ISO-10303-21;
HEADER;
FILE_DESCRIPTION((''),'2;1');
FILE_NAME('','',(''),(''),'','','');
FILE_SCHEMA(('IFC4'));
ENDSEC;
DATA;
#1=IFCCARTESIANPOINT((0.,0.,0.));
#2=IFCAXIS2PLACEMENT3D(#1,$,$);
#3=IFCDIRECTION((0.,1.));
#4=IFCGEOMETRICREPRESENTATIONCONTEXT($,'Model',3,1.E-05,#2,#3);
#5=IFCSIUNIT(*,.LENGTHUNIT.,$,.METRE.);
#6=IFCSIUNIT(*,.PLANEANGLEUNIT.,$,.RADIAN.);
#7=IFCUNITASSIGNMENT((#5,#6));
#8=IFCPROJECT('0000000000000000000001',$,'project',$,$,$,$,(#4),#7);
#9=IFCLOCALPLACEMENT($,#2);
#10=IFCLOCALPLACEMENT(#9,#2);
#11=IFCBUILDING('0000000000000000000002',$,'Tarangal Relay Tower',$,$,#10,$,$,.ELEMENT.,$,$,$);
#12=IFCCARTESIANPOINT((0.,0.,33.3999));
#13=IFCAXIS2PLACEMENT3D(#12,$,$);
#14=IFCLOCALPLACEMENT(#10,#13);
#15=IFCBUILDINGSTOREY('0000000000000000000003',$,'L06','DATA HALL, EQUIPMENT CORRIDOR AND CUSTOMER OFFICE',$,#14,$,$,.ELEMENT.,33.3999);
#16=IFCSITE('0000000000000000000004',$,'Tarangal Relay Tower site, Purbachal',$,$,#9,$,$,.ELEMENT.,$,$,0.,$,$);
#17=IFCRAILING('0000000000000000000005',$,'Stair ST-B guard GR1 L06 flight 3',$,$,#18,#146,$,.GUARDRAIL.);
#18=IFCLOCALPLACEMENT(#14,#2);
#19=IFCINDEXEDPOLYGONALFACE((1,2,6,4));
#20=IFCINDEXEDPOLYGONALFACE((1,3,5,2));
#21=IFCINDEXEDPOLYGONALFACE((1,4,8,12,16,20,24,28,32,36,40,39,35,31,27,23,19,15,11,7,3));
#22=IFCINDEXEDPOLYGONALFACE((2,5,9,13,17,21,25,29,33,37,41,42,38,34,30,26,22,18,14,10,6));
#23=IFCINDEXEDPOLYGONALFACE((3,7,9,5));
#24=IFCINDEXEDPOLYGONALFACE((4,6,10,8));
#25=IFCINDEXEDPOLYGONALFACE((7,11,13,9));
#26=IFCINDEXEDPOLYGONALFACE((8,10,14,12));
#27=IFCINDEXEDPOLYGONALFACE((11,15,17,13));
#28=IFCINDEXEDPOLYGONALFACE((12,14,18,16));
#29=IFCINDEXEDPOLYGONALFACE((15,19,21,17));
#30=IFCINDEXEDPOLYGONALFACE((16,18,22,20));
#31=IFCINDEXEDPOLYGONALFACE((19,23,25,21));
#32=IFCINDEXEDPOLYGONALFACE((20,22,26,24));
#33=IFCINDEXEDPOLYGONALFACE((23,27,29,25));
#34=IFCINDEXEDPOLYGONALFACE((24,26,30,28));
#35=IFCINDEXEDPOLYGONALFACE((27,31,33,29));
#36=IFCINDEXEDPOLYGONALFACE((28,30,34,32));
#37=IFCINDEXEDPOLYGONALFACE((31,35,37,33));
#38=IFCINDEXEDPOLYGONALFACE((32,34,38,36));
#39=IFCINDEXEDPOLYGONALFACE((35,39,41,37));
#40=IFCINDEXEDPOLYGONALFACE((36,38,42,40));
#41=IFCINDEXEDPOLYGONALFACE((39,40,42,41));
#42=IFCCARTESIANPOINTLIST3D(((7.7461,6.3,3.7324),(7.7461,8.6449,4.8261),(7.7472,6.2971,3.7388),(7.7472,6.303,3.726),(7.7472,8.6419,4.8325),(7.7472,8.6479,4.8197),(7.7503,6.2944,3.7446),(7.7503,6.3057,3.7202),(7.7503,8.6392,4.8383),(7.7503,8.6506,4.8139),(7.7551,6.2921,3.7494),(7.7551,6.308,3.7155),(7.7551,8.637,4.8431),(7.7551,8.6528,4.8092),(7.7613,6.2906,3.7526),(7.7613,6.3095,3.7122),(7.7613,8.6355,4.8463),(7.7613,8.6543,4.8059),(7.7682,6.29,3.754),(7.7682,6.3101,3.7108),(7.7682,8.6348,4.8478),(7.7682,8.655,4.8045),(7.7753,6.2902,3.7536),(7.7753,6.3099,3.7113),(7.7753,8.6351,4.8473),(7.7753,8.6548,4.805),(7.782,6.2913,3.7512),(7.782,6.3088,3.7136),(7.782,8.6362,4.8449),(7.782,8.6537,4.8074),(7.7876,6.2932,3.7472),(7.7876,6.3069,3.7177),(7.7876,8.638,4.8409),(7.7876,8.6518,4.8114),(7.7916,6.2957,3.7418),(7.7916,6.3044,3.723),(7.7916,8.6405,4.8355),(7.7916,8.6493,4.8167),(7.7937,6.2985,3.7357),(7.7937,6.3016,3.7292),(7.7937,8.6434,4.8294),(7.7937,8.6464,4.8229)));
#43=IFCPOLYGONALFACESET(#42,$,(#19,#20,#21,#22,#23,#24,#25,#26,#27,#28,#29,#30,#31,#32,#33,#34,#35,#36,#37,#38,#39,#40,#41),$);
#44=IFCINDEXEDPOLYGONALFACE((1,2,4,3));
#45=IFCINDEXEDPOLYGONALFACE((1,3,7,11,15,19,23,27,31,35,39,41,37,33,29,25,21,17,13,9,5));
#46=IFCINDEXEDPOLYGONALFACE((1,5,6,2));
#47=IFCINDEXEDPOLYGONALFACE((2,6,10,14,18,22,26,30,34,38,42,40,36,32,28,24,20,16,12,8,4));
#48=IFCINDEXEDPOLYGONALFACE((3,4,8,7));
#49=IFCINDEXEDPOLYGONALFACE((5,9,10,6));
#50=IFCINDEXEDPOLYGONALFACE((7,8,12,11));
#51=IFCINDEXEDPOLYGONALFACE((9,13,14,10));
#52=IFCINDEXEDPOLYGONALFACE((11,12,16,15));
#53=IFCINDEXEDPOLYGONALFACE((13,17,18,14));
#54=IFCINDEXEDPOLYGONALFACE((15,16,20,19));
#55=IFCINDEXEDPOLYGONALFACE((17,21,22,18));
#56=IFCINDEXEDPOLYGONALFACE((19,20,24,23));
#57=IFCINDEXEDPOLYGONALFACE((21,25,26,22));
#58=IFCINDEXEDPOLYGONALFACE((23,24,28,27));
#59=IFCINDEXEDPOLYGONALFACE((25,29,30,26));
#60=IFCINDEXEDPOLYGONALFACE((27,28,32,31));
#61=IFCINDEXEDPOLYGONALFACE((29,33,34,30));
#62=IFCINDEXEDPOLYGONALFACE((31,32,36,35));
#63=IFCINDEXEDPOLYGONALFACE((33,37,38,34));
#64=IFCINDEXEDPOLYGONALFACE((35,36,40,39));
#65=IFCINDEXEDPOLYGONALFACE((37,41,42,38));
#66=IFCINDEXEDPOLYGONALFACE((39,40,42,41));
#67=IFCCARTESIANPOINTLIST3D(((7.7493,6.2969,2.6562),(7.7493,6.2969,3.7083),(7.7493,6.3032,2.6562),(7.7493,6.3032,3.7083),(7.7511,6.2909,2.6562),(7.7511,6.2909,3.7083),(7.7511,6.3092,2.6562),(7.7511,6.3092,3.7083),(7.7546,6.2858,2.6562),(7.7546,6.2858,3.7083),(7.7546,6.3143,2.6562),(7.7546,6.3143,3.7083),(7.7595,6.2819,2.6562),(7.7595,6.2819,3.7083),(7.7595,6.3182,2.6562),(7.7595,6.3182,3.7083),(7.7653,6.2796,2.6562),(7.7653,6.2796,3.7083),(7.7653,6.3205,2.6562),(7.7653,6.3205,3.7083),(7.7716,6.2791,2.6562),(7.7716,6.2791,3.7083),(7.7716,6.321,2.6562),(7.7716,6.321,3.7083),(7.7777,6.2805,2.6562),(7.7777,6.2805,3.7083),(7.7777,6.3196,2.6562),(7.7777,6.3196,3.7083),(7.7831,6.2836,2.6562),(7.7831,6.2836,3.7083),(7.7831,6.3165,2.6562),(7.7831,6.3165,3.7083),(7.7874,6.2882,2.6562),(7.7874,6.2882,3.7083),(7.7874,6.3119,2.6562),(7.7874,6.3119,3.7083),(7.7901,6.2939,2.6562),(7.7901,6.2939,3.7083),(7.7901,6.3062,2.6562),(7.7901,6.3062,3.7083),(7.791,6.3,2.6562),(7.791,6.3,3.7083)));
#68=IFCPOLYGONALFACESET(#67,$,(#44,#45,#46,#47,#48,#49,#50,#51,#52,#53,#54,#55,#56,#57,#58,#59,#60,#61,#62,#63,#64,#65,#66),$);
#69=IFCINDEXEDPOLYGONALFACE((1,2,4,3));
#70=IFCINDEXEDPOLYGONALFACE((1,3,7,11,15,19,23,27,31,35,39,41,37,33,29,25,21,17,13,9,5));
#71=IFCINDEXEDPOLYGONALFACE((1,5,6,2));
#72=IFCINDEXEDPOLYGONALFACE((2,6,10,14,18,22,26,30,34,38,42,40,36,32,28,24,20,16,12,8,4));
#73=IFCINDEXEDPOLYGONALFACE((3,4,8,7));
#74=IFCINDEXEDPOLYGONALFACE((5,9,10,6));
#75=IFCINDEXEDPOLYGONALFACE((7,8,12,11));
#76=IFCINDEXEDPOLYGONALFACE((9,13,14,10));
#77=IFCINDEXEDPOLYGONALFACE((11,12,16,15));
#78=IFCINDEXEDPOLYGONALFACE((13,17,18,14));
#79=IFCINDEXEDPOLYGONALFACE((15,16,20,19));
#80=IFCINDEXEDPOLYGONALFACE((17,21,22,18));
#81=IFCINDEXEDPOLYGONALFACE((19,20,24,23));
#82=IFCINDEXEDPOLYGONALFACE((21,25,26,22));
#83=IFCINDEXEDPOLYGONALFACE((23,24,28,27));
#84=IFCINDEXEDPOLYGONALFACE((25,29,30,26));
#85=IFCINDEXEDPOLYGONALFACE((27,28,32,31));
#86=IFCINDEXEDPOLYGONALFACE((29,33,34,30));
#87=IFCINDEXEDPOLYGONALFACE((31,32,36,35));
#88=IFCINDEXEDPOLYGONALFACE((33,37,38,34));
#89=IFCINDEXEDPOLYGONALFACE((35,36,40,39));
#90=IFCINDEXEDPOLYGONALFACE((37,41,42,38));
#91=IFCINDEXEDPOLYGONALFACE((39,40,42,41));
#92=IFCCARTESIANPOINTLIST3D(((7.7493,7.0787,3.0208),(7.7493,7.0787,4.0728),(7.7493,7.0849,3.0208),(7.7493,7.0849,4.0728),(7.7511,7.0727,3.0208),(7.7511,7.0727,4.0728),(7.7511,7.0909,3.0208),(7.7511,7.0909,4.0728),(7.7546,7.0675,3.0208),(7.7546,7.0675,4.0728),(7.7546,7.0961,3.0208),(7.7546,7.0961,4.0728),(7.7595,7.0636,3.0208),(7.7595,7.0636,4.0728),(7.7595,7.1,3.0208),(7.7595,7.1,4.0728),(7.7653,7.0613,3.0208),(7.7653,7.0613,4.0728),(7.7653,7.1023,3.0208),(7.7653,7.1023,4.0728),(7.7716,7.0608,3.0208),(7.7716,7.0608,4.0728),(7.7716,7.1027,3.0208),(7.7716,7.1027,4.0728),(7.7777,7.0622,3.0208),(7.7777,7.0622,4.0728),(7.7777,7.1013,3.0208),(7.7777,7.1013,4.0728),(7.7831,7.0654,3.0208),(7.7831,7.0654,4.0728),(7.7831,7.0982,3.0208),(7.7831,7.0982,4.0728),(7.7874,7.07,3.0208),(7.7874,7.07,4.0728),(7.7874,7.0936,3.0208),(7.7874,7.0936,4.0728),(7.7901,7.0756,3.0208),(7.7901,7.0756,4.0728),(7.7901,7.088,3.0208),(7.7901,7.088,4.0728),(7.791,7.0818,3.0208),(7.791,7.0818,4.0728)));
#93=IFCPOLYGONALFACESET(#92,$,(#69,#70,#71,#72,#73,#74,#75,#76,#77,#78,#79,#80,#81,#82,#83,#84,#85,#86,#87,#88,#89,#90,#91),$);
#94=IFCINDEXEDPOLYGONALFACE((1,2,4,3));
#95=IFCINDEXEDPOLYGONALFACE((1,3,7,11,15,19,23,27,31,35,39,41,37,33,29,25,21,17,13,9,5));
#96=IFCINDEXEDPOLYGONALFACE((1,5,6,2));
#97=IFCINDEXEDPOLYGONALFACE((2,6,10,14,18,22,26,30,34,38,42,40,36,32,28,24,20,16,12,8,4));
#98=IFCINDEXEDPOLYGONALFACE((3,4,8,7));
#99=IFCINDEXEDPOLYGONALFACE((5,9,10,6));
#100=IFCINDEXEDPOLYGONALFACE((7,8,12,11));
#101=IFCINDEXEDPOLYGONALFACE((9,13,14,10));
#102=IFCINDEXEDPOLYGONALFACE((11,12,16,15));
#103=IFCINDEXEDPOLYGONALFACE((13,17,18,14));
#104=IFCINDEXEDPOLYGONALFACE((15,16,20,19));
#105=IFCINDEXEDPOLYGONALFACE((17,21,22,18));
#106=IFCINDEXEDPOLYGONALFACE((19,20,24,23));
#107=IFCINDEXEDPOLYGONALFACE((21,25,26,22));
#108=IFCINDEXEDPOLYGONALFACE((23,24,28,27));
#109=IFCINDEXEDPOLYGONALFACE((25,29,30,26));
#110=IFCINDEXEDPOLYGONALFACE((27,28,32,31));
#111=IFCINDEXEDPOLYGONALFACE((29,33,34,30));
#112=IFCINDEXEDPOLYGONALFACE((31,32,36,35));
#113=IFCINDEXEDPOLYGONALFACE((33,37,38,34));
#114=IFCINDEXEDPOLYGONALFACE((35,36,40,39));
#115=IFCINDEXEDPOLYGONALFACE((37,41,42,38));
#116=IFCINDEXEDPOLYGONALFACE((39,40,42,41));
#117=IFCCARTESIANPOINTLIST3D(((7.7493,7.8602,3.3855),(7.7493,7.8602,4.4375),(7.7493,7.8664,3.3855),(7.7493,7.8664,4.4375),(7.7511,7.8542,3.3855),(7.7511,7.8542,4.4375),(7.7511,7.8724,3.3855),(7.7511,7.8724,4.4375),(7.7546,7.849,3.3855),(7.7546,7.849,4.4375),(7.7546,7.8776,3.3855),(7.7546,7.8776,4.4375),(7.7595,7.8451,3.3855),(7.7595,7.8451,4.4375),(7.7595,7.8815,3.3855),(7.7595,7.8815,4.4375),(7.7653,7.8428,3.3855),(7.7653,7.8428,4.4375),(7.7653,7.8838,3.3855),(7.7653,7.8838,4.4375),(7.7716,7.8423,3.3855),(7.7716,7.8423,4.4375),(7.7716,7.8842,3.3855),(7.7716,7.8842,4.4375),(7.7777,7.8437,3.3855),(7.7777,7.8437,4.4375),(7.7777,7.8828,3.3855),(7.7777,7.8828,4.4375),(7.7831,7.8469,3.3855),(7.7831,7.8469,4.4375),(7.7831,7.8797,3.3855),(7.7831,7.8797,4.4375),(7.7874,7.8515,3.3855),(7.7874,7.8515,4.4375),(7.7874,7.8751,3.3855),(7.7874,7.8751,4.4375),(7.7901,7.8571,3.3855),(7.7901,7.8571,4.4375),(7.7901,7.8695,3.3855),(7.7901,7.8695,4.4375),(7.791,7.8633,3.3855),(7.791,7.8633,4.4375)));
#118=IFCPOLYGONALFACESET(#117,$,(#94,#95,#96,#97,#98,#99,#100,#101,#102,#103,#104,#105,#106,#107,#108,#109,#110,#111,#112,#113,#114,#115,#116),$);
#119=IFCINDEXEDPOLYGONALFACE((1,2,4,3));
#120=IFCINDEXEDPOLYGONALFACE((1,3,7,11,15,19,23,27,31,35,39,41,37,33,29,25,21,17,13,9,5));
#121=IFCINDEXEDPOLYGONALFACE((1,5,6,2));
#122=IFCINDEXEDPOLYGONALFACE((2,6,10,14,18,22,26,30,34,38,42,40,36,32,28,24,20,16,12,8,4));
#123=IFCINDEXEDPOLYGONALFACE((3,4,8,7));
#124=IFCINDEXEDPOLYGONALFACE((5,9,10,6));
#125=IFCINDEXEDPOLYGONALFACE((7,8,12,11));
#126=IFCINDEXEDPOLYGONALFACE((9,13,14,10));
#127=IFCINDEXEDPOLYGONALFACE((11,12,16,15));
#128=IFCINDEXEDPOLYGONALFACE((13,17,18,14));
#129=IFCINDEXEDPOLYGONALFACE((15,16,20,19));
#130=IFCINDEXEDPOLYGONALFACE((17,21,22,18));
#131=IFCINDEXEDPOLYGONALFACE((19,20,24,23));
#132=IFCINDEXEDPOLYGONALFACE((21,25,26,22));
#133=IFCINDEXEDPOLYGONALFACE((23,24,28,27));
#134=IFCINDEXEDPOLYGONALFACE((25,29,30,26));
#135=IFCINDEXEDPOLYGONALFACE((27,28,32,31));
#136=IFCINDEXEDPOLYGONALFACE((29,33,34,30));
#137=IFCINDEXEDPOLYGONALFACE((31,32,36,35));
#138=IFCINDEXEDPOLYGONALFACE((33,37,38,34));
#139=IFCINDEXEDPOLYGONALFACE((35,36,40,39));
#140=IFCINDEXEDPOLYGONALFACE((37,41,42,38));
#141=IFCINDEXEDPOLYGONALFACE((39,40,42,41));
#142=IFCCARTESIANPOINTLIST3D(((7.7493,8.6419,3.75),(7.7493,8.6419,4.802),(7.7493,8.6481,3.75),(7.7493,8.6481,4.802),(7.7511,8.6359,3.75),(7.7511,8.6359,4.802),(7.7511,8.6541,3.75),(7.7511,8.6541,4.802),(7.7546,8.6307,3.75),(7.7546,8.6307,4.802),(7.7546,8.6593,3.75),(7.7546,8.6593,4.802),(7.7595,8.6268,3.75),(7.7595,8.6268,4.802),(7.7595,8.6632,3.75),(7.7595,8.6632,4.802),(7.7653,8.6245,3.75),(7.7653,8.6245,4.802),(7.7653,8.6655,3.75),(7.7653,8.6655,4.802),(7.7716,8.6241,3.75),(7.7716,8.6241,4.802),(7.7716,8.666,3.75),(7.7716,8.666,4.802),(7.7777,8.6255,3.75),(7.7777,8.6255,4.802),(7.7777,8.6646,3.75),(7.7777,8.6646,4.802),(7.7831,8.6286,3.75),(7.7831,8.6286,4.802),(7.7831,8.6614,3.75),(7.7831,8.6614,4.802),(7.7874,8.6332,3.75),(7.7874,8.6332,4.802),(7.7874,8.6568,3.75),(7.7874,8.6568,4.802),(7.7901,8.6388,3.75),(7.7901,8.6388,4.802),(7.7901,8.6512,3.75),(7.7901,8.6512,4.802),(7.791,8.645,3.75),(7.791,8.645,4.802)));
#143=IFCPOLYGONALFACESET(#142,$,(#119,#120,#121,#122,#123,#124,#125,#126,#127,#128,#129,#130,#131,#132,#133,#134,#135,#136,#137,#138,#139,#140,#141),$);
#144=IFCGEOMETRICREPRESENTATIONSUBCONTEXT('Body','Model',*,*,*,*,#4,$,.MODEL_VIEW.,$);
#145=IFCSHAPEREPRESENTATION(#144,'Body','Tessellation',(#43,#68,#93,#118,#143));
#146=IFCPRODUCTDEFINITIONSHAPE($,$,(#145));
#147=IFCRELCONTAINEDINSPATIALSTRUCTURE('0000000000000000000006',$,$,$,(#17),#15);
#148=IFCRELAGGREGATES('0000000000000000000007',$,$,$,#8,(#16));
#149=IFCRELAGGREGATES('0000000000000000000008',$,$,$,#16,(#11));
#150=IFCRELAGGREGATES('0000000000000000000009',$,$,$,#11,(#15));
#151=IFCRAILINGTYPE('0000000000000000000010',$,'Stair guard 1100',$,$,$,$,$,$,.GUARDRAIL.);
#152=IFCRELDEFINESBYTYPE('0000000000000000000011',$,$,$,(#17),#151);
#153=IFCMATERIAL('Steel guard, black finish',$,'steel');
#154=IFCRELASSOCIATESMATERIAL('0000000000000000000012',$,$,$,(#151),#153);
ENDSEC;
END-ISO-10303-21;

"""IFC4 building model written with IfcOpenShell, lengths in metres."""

from ifc_helpers import new_model, si_unit, direction, frame, origin, origin_2d, place, context, subcontext, project, spatial, circle, extrude, material, type_object, element, save


model = new_model("IFC4")

# Units and contexts
model_context = context("Model", 3, precision=1e-05, world=origin(), true_north=direction((0.0, 1.0)))
body_context = subcontext(model_context, "Body", "Model", "MODEL_VIEW")
ifc_project = project(units=[si_unit("LENGTHUNIT", "METRE"), si_unit("PLANEANGLEUNIT", "RADIAN")], contexts=[model_context])

# Site, building, storey
site_placement = place(None, origin())
site = spatial("IfcSite", under=ifc_project, at=site_placement, Name="Tarangal Relay Tower site, Purbachal", CompositionType="ELEMENT", RefElevation=0.0)
building_placement = place(site_placement, origin())
building = spatial("IfcBuilding", under=site, at=building_placement, Name="Tarangal Relay Tower", CompositionType="ELEMENT")
storey_placement = place(building_placement, frame((0.0, 0.0, 33.3999)))
storey = spatial("IfcBuildingStorey", under=building, at=storey_placement, Name="L06", Description="DATA HALL, EQUIPMENT CORRIDOR AND CUSTOMER OFFICE", CompositionType="ELEMENT", Elevation=33.3999)

# Railing
ifc_material_1 = material(Name="Steel guard, black finish", Category="steel")
railing_type_1 = type_object("IfcRailingType", Name="Stair guard 1100", PredefinedType="GUARDRAIL", material=ifc_material_1)
railing_1_placement = place(storey_placement, frame((7.77, 6.3, 2.6562)))
element("IfcRailing", 1, at=railing_1_placement, inside=storey, type_object=railing_type_1, Name="Stair ST-B guard GR1 L06 flight 3", PredefinedType="GUARDRAIL", context=body_context, shape_type="SweptSolid", body=[
    extrude(circle(Radius=0.0239, at=origin_2d()), frame((0.0, 0.0, 1.0762), z_axis=(0.0, 0.906267, 0.422705), x_axis=(-1.0, 0.0, 0.0)), (0.0, 0.0, 1.0), 2.5874),
    extrude(circle(Radius=0.021, at=origin_2d()), origin(), (0.0, 0.0, 1.0), 1.052),
    extrude(circle(Radius=0.021, at=origin_2d()), frame((0.0, 0.7817, 0.3645)), (0.0, 0.0, 1.0), 1.052),
    extrude(circle(Radius=0.021, at=origin_2d()), frame((0.0, 1.5632, 0.7292)), (0.0, 0.0, 1.0), 1.052),
    extrude(circle(Radius=0.021, at=origin_2d()), frame((0.0, 2.345, 1.0938)), (0.0, 0.0, 1.0), 1.052),
])

save(model, "model.ifc")
